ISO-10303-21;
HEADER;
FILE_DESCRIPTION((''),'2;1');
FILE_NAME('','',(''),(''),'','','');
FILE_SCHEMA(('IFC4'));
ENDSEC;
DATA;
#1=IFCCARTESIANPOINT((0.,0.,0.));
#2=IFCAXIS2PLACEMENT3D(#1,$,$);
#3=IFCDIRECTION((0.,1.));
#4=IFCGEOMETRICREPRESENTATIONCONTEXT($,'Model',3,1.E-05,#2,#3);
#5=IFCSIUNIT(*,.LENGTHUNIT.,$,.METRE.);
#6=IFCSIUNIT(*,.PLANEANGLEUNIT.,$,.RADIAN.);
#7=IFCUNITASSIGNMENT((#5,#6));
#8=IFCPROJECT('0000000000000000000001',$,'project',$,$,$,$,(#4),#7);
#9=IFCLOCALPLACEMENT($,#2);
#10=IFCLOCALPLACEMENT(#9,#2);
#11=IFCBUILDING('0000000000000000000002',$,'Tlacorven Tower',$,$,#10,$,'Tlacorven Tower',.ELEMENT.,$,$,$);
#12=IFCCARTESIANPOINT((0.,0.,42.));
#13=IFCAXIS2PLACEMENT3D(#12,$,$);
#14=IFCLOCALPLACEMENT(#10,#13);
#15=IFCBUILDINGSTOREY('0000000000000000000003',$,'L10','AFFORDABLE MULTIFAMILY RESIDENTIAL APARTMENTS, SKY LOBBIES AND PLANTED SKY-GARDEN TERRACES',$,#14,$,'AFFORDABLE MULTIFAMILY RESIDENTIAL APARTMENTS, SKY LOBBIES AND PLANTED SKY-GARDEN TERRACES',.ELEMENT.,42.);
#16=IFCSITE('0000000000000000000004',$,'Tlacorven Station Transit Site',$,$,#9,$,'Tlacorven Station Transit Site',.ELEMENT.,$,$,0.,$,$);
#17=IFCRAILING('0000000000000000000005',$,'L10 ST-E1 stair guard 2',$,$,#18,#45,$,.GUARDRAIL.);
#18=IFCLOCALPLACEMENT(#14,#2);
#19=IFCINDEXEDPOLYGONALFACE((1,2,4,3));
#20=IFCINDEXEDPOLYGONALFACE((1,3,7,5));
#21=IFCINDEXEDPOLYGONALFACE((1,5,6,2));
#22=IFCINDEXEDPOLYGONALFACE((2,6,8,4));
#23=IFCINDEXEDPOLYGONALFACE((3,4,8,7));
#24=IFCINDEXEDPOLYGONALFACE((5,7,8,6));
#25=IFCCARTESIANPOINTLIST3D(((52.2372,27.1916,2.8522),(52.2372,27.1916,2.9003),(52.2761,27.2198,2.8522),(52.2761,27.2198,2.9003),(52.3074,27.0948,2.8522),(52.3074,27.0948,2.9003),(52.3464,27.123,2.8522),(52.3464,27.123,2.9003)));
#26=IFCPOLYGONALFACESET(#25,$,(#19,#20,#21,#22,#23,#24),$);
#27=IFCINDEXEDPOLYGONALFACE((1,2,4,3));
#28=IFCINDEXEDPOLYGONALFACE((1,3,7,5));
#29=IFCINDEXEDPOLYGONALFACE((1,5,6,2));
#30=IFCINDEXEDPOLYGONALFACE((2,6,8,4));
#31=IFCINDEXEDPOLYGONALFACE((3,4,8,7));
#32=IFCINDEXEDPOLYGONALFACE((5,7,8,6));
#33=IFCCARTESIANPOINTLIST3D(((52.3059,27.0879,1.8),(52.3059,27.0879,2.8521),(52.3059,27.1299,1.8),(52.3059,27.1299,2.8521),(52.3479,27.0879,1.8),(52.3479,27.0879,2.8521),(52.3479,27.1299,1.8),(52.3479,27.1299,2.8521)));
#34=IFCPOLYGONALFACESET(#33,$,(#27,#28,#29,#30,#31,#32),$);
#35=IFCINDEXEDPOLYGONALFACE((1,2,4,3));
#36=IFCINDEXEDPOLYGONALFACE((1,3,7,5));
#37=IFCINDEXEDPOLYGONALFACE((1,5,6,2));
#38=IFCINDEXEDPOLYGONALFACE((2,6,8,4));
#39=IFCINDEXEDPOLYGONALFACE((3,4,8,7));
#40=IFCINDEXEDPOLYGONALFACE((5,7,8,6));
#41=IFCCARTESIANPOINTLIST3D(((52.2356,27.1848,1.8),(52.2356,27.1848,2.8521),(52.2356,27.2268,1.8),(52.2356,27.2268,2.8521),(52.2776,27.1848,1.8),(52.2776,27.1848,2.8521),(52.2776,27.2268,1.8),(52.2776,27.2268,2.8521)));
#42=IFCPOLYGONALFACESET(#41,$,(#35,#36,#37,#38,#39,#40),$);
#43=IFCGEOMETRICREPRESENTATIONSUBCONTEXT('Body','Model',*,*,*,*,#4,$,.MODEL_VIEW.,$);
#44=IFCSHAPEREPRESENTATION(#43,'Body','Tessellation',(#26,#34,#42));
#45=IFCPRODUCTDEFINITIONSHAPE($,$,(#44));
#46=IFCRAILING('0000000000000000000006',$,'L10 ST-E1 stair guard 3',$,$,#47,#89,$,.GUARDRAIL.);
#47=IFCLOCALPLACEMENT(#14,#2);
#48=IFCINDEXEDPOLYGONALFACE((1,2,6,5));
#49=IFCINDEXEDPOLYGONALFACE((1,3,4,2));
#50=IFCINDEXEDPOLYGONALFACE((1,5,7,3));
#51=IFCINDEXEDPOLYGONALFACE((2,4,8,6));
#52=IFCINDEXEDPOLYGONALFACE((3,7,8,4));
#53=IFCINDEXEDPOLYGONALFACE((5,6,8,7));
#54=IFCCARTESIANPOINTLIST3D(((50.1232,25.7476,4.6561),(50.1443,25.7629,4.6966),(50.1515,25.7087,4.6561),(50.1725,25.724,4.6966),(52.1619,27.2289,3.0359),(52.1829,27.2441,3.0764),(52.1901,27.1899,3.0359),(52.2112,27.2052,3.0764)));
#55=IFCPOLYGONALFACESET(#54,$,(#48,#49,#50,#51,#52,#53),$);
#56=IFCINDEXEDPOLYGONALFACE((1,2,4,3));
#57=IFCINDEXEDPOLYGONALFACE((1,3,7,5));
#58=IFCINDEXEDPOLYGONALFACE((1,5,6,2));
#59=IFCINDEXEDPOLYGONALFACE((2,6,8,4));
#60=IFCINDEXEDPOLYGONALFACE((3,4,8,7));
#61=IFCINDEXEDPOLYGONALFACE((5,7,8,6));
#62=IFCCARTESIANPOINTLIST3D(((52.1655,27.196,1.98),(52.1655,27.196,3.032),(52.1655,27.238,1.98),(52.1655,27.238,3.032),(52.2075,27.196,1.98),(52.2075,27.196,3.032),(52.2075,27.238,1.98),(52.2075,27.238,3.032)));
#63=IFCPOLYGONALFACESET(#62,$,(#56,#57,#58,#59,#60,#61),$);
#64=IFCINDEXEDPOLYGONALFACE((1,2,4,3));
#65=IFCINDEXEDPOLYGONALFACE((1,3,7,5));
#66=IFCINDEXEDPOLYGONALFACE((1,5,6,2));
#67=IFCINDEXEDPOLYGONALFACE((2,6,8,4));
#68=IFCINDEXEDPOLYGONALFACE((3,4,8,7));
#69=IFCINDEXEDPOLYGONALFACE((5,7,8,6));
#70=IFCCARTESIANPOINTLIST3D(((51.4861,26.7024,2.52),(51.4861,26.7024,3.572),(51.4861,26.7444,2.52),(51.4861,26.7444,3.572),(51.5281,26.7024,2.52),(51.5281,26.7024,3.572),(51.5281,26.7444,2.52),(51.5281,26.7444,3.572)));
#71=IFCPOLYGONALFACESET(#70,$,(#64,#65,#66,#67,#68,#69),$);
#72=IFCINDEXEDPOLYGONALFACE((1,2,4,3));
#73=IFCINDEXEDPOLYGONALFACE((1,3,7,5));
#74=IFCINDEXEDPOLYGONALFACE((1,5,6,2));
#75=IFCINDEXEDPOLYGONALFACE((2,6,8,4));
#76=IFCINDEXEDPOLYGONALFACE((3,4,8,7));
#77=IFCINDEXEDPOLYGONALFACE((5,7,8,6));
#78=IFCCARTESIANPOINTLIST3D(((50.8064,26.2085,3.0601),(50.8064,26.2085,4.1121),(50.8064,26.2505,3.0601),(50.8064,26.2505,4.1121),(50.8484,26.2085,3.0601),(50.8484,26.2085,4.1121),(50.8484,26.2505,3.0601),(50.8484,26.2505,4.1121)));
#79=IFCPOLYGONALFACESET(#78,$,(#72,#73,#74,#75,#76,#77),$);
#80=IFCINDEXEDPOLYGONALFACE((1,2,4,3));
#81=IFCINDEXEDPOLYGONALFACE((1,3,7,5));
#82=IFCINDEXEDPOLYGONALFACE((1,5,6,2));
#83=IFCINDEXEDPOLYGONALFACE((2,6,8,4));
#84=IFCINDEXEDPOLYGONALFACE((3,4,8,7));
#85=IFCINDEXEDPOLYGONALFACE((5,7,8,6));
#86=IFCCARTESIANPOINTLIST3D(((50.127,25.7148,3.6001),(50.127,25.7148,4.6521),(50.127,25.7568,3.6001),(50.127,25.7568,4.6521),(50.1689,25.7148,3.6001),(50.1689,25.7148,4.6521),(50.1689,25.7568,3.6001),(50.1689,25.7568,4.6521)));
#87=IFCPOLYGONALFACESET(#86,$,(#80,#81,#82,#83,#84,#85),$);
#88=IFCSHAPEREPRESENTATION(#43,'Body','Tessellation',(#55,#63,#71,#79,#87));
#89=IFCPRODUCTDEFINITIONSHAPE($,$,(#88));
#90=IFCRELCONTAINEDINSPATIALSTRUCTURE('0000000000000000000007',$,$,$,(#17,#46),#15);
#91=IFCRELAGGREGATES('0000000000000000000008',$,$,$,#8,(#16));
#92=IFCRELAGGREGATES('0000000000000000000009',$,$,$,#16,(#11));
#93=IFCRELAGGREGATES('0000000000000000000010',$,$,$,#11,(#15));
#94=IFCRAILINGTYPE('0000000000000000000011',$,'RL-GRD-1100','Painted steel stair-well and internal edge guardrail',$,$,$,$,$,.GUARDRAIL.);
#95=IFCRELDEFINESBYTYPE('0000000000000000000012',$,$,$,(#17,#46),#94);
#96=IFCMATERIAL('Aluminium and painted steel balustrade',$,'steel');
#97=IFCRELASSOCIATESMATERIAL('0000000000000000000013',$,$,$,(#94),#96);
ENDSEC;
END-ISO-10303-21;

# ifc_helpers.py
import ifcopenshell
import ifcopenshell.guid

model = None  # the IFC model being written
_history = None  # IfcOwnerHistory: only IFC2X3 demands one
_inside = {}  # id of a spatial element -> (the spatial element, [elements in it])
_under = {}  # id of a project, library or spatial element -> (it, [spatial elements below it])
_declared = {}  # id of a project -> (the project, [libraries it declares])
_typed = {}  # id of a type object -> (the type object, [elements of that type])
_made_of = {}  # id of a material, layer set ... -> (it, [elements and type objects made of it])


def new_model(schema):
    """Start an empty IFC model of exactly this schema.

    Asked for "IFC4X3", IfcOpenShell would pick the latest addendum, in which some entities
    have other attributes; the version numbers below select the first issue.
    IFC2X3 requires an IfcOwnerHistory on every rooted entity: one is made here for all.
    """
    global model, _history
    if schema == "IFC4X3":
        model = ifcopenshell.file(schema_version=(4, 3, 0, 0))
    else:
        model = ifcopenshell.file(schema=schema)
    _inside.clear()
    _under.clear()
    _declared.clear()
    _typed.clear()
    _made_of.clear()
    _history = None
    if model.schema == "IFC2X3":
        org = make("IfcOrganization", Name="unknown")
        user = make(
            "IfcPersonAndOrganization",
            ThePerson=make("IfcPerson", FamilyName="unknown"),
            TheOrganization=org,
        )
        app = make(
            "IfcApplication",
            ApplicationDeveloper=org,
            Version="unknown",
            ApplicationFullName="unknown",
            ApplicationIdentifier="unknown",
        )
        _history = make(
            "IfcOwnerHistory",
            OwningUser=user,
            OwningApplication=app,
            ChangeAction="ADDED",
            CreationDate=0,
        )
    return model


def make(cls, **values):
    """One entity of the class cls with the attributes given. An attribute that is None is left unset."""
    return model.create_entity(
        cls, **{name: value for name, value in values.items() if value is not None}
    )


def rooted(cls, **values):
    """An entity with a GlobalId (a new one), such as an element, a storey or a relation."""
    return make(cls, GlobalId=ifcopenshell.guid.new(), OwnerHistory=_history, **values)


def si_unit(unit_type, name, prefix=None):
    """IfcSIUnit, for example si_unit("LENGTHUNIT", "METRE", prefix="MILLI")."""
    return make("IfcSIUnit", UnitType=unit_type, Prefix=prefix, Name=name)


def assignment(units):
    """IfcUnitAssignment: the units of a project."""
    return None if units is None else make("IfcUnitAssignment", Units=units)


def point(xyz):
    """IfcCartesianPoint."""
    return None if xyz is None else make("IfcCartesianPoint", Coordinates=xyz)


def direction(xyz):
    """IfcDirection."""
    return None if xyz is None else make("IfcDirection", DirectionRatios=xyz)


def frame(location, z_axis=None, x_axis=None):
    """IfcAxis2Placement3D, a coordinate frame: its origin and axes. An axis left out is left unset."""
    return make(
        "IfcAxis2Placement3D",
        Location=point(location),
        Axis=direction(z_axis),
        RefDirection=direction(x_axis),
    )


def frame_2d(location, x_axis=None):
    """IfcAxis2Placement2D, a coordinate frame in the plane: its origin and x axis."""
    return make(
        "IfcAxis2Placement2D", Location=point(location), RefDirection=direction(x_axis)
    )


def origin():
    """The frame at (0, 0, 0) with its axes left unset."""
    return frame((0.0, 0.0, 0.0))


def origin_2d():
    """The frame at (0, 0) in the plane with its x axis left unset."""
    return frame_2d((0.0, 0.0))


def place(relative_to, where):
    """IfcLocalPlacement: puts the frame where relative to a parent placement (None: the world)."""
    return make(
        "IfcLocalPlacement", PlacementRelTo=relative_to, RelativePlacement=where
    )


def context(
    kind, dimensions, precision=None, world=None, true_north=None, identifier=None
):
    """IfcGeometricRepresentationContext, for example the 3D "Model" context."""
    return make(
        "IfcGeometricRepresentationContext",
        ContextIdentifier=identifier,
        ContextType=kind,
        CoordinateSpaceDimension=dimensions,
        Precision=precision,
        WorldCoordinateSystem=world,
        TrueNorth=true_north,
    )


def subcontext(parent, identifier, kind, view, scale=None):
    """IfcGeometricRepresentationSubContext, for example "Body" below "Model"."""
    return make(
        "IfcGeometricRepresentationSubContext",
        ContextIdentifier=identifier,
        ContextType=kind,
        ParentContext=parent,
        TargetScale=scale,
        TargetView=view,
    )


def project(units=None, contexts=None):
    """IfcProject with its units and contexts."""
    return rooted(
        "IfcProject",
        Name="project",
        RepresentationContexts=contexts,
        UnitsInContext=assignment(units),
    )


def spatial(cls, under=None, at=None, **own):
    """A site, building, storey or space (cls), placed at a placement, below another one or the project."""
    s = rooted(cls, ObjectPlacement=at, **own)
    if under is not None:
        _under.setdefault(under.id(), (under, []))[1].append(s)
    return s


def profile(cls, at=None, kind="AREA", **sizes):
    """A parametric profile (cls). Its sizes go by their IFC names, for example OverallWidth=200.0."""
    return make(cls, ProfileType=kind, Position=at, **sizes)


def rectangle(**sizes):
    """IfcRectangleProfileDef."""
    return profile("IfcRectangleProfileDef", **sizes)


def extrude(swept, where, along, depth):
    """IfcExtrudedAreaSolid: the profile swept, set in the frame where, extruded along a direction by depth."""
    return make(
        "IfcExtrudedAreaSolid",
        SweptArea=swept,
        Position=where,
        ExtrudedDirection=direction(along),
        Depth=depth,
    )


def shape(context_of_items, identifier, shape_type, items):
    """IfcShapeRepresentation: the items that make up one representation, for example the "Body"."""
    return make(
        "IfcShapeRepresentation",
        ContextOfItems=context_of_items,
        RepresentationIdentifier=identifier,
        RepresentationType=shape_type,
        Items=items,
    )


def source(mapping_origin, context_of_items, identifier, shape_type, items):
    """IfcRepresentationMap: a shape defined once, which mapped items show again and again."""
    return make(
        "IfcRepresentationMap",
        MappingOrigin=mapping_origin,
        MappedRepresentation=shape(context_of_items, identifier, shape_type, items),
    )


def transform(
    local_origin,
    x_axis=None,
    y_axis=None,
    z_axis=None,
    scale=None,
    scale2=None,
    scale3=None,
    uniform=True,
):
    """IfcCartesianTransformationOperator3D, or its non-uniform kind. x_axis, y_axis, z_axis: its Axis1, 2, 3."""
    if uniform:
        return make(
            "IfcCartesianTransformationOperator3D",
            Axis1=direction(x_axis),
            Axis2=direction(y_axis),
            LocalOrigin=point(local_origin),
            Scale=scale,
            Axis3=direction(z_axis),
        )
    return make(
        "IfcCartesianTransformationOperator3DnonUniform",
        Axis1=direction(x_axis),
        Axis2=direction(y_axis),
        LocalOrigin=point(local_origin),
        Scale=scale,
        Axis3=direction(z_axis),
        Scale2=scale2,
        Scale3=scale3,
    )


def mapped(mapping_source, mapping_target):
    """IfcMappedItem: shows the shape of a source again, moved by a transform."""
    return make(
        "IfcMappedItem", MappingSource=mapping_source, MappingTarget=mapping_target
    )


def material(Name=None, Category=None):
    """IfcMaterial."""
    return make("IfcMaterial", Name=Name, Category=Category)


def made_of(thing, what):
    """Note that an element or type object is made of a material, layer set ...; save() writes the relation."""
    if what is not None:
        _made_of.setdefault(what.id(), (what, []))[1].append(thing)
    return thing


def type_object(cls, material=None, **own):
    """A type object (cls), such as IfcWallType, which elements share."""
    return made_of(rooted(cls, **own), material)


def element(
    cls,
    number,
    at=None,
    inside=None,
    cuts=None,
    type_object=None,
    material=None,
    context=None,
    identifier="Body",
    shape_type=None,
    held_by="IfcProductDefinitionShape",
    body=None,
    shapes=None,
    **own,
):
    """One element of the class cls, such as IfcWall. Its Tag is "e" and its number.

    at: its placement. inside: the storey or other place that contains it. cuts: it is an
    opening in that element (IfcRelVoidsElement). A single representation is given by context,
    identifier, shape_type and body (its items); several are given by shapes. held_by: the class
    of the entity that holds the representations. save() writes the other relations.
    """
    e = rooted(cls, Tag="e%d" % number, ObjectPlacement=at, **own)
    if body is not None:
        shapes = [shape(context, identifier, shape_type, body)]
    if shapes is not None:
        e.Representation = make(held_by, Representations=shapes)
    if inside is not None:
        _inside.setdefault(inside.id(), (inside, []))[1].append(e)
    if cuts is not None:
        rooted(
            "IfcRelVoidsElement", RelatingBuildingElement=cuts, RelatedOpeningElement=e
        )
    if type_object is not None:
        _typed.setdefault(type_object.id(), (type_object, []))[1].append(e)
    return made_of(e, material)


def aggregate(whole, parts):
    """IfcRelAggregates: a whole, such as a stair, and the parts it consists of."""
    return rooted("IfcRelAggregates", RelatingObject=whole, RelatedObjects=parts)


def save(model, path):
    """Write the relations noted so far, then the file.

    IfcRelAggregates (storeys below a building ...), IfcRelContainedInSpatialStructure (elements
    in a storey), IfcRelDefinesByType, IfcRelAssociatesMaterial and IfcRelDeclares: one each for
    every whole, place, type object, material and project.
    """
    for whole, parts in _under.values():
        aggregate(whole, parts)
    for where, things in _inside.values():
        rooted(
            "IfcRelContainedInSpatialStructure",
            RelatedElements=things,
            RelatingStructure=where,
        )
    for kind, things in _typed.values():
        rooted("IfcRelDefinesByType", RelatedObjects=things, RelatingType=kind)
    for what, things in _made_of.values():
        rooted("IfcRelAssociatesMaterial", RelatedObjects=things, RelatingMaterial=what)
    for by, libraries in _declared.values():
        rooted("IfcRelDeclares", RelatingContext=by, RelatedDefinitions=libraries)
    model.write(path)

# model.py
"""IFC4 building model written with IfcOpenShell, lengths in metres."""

from ifc_helpers import new_model, si_unit, direction, frame, origin, origin_2d, place, context, subcontext, project, spatial, rectangle, extrude, source, transform, mapped, material, type_object, element, save


model = new_model("IFC4")

# Units and contexts
model_context = context("Model", 3, precision=1e-05, world=origin(), true_north=direction((0.0, 1.0)))
body_context = subcontext(model_context, "Body", "Model", "MODEL_VIEW")
ifc_project = project(units=[si_unit("LENGTHUNIT", "METRE"), si_unit("PLANEANGLEUNIT", "RADIAN")], contexts=[model_context])

# Site, building, storey
site_placement = place(None, origin())
site = spatial("IfcSite", under=ifc_project, at=site_placement, Name="Tlacorven Station Transit Site", LongName="Tlacorven Station Transit Site", CompositionType="ELEMENT", RefElevation=0.0)
building_placement = place(site_placement, origin())
building = spatial("IfcBuilding", under=site, at=building_placement, Name="Tlacorven Tower", LongName="Tlacorven Tower", CompositionType="ELEMENT")
storey_placement = place(building_placement, frame((0.0, 0.0, 42.0)))
storey = spatial("IfcBuildingStorey", under=building, at=storey_placement, Name="L10", Description="AFFORDABLE MULTIFAMILY RESIDENTIAL APARTMENTS, SKY LOBBIES AND PLANTED SKY-GARDEN TERRACES", LongName="AFFORDABLE MULTIFAMILY RESIDENTIAL APARTMENTS, SKY LOBBIES AND PLANTED SKY-GARDEN TERRACES", CompositionType="ELEMENT", Elevation=42.0)

# Shared definitions
ifc_material_1 = material(Name="Aluminium and painted steel balustrade", Category="steel")
railing_type_1 = type_object("IfcRailingType", Name="RL-GRD-1100", Description="Painted steel stair-well and internal edge guardrail", PredefinedType="GUARDRAIL", material=ifc_material_1)

# Railings
shared_shape_1 = source(origin(), body_context, "Body", "SweptSolid", [
    extrude(rectangle(XDim=0.0481, YDim=0.0481, at=origin_2d()), frame((0.0, 0.0, 1.0762), z_axis=(-0.587201, 0.809441, 0.0), x_axis=(-0.809441, -0.587201, 0.0)), (0.0, 0.0, 1.0), 0.1196),
    extrude(rectangle(XDim=0.042, YDim=0.042, at=origin_2d()), origin(), (0.0, 0.0, 1.0), 1.052),
    extrude(rectangle(XDim=0.042, YDim=0.042, at=origin_2d()), frame((-0.0703, 0.0969, 0.0)), (0.0, 0.0, 1.0), 1.052),
])
railing_1_placement = place(storey_placement, frame((52.3269, 27.1089, 1.8)))
element("IfcRailing", 1, at=railing_1_placement, inside=storey, type_object=railing_type_1, Name="L10 ST-E1 stair guard 2", PredefinedType="GUARDRAIL", context=body_context, shape_type="MappedRepresentation", body=[
    mapped(shared_shape_1, transform((0.0, 0.0, 0.0), scale=1.0)),
])
shared_shape_2 = source(origin(), body_context, "Body", "SweptSolid", [
    extrude(rectangle(XDim=0.0481, YDim=0.0481, at=origin_2d()), frame((0.0, 0.0, 1.0762), z_axis=(-0.680489, -0.494434, 0.540805), x_axis=(0.587809, -0.809, 0.0)), (0.0, 0.0, 1.0), 2.9958),
    extrude(rectangle(XDim=0.042, YDim=0.042, at=origin_2d()), origin(), (0.0, 0.0, 1.0), 1.052),
    extrude(rectangle(XDim=0.042, YDim=0.042, at=origin_2d()), frame((-0.6794, -0.4937, 0.54)), (0.0, 0.0, 1.0), 1.052),
    extrude(rectangle(XDim=0.042, YDim=0.042, at=origin_2d()), frame((-1.3591, -0.9875, 1.0801)), (0.0, 0.0, 1.0), 1.052),
    extrude(rectangle(XDim=0.042, YDim=0.042, at=origin_2d()), frame((-2.0386, -1.4812, 1.6201)), (0.0, 0.0, 1.0), 1.052),
])
railing_2_placement = place(storey_placement, frame((52.1865, 27.217, 1.98)))
element("IfcRailing", 2, at=railing_2_placement, inside=storey, type_object=railing_type_1, Name="L10 ST-E1 stair guard 3", PredefinedType="GUARDRAIL", context=body_context, shape_type="MappedRepresentation", body=[
    mapped(shared_shape_2, transform((0.0, 0.0, 0.0), scale=1.0)),
])

save(model, "model.ifc")
